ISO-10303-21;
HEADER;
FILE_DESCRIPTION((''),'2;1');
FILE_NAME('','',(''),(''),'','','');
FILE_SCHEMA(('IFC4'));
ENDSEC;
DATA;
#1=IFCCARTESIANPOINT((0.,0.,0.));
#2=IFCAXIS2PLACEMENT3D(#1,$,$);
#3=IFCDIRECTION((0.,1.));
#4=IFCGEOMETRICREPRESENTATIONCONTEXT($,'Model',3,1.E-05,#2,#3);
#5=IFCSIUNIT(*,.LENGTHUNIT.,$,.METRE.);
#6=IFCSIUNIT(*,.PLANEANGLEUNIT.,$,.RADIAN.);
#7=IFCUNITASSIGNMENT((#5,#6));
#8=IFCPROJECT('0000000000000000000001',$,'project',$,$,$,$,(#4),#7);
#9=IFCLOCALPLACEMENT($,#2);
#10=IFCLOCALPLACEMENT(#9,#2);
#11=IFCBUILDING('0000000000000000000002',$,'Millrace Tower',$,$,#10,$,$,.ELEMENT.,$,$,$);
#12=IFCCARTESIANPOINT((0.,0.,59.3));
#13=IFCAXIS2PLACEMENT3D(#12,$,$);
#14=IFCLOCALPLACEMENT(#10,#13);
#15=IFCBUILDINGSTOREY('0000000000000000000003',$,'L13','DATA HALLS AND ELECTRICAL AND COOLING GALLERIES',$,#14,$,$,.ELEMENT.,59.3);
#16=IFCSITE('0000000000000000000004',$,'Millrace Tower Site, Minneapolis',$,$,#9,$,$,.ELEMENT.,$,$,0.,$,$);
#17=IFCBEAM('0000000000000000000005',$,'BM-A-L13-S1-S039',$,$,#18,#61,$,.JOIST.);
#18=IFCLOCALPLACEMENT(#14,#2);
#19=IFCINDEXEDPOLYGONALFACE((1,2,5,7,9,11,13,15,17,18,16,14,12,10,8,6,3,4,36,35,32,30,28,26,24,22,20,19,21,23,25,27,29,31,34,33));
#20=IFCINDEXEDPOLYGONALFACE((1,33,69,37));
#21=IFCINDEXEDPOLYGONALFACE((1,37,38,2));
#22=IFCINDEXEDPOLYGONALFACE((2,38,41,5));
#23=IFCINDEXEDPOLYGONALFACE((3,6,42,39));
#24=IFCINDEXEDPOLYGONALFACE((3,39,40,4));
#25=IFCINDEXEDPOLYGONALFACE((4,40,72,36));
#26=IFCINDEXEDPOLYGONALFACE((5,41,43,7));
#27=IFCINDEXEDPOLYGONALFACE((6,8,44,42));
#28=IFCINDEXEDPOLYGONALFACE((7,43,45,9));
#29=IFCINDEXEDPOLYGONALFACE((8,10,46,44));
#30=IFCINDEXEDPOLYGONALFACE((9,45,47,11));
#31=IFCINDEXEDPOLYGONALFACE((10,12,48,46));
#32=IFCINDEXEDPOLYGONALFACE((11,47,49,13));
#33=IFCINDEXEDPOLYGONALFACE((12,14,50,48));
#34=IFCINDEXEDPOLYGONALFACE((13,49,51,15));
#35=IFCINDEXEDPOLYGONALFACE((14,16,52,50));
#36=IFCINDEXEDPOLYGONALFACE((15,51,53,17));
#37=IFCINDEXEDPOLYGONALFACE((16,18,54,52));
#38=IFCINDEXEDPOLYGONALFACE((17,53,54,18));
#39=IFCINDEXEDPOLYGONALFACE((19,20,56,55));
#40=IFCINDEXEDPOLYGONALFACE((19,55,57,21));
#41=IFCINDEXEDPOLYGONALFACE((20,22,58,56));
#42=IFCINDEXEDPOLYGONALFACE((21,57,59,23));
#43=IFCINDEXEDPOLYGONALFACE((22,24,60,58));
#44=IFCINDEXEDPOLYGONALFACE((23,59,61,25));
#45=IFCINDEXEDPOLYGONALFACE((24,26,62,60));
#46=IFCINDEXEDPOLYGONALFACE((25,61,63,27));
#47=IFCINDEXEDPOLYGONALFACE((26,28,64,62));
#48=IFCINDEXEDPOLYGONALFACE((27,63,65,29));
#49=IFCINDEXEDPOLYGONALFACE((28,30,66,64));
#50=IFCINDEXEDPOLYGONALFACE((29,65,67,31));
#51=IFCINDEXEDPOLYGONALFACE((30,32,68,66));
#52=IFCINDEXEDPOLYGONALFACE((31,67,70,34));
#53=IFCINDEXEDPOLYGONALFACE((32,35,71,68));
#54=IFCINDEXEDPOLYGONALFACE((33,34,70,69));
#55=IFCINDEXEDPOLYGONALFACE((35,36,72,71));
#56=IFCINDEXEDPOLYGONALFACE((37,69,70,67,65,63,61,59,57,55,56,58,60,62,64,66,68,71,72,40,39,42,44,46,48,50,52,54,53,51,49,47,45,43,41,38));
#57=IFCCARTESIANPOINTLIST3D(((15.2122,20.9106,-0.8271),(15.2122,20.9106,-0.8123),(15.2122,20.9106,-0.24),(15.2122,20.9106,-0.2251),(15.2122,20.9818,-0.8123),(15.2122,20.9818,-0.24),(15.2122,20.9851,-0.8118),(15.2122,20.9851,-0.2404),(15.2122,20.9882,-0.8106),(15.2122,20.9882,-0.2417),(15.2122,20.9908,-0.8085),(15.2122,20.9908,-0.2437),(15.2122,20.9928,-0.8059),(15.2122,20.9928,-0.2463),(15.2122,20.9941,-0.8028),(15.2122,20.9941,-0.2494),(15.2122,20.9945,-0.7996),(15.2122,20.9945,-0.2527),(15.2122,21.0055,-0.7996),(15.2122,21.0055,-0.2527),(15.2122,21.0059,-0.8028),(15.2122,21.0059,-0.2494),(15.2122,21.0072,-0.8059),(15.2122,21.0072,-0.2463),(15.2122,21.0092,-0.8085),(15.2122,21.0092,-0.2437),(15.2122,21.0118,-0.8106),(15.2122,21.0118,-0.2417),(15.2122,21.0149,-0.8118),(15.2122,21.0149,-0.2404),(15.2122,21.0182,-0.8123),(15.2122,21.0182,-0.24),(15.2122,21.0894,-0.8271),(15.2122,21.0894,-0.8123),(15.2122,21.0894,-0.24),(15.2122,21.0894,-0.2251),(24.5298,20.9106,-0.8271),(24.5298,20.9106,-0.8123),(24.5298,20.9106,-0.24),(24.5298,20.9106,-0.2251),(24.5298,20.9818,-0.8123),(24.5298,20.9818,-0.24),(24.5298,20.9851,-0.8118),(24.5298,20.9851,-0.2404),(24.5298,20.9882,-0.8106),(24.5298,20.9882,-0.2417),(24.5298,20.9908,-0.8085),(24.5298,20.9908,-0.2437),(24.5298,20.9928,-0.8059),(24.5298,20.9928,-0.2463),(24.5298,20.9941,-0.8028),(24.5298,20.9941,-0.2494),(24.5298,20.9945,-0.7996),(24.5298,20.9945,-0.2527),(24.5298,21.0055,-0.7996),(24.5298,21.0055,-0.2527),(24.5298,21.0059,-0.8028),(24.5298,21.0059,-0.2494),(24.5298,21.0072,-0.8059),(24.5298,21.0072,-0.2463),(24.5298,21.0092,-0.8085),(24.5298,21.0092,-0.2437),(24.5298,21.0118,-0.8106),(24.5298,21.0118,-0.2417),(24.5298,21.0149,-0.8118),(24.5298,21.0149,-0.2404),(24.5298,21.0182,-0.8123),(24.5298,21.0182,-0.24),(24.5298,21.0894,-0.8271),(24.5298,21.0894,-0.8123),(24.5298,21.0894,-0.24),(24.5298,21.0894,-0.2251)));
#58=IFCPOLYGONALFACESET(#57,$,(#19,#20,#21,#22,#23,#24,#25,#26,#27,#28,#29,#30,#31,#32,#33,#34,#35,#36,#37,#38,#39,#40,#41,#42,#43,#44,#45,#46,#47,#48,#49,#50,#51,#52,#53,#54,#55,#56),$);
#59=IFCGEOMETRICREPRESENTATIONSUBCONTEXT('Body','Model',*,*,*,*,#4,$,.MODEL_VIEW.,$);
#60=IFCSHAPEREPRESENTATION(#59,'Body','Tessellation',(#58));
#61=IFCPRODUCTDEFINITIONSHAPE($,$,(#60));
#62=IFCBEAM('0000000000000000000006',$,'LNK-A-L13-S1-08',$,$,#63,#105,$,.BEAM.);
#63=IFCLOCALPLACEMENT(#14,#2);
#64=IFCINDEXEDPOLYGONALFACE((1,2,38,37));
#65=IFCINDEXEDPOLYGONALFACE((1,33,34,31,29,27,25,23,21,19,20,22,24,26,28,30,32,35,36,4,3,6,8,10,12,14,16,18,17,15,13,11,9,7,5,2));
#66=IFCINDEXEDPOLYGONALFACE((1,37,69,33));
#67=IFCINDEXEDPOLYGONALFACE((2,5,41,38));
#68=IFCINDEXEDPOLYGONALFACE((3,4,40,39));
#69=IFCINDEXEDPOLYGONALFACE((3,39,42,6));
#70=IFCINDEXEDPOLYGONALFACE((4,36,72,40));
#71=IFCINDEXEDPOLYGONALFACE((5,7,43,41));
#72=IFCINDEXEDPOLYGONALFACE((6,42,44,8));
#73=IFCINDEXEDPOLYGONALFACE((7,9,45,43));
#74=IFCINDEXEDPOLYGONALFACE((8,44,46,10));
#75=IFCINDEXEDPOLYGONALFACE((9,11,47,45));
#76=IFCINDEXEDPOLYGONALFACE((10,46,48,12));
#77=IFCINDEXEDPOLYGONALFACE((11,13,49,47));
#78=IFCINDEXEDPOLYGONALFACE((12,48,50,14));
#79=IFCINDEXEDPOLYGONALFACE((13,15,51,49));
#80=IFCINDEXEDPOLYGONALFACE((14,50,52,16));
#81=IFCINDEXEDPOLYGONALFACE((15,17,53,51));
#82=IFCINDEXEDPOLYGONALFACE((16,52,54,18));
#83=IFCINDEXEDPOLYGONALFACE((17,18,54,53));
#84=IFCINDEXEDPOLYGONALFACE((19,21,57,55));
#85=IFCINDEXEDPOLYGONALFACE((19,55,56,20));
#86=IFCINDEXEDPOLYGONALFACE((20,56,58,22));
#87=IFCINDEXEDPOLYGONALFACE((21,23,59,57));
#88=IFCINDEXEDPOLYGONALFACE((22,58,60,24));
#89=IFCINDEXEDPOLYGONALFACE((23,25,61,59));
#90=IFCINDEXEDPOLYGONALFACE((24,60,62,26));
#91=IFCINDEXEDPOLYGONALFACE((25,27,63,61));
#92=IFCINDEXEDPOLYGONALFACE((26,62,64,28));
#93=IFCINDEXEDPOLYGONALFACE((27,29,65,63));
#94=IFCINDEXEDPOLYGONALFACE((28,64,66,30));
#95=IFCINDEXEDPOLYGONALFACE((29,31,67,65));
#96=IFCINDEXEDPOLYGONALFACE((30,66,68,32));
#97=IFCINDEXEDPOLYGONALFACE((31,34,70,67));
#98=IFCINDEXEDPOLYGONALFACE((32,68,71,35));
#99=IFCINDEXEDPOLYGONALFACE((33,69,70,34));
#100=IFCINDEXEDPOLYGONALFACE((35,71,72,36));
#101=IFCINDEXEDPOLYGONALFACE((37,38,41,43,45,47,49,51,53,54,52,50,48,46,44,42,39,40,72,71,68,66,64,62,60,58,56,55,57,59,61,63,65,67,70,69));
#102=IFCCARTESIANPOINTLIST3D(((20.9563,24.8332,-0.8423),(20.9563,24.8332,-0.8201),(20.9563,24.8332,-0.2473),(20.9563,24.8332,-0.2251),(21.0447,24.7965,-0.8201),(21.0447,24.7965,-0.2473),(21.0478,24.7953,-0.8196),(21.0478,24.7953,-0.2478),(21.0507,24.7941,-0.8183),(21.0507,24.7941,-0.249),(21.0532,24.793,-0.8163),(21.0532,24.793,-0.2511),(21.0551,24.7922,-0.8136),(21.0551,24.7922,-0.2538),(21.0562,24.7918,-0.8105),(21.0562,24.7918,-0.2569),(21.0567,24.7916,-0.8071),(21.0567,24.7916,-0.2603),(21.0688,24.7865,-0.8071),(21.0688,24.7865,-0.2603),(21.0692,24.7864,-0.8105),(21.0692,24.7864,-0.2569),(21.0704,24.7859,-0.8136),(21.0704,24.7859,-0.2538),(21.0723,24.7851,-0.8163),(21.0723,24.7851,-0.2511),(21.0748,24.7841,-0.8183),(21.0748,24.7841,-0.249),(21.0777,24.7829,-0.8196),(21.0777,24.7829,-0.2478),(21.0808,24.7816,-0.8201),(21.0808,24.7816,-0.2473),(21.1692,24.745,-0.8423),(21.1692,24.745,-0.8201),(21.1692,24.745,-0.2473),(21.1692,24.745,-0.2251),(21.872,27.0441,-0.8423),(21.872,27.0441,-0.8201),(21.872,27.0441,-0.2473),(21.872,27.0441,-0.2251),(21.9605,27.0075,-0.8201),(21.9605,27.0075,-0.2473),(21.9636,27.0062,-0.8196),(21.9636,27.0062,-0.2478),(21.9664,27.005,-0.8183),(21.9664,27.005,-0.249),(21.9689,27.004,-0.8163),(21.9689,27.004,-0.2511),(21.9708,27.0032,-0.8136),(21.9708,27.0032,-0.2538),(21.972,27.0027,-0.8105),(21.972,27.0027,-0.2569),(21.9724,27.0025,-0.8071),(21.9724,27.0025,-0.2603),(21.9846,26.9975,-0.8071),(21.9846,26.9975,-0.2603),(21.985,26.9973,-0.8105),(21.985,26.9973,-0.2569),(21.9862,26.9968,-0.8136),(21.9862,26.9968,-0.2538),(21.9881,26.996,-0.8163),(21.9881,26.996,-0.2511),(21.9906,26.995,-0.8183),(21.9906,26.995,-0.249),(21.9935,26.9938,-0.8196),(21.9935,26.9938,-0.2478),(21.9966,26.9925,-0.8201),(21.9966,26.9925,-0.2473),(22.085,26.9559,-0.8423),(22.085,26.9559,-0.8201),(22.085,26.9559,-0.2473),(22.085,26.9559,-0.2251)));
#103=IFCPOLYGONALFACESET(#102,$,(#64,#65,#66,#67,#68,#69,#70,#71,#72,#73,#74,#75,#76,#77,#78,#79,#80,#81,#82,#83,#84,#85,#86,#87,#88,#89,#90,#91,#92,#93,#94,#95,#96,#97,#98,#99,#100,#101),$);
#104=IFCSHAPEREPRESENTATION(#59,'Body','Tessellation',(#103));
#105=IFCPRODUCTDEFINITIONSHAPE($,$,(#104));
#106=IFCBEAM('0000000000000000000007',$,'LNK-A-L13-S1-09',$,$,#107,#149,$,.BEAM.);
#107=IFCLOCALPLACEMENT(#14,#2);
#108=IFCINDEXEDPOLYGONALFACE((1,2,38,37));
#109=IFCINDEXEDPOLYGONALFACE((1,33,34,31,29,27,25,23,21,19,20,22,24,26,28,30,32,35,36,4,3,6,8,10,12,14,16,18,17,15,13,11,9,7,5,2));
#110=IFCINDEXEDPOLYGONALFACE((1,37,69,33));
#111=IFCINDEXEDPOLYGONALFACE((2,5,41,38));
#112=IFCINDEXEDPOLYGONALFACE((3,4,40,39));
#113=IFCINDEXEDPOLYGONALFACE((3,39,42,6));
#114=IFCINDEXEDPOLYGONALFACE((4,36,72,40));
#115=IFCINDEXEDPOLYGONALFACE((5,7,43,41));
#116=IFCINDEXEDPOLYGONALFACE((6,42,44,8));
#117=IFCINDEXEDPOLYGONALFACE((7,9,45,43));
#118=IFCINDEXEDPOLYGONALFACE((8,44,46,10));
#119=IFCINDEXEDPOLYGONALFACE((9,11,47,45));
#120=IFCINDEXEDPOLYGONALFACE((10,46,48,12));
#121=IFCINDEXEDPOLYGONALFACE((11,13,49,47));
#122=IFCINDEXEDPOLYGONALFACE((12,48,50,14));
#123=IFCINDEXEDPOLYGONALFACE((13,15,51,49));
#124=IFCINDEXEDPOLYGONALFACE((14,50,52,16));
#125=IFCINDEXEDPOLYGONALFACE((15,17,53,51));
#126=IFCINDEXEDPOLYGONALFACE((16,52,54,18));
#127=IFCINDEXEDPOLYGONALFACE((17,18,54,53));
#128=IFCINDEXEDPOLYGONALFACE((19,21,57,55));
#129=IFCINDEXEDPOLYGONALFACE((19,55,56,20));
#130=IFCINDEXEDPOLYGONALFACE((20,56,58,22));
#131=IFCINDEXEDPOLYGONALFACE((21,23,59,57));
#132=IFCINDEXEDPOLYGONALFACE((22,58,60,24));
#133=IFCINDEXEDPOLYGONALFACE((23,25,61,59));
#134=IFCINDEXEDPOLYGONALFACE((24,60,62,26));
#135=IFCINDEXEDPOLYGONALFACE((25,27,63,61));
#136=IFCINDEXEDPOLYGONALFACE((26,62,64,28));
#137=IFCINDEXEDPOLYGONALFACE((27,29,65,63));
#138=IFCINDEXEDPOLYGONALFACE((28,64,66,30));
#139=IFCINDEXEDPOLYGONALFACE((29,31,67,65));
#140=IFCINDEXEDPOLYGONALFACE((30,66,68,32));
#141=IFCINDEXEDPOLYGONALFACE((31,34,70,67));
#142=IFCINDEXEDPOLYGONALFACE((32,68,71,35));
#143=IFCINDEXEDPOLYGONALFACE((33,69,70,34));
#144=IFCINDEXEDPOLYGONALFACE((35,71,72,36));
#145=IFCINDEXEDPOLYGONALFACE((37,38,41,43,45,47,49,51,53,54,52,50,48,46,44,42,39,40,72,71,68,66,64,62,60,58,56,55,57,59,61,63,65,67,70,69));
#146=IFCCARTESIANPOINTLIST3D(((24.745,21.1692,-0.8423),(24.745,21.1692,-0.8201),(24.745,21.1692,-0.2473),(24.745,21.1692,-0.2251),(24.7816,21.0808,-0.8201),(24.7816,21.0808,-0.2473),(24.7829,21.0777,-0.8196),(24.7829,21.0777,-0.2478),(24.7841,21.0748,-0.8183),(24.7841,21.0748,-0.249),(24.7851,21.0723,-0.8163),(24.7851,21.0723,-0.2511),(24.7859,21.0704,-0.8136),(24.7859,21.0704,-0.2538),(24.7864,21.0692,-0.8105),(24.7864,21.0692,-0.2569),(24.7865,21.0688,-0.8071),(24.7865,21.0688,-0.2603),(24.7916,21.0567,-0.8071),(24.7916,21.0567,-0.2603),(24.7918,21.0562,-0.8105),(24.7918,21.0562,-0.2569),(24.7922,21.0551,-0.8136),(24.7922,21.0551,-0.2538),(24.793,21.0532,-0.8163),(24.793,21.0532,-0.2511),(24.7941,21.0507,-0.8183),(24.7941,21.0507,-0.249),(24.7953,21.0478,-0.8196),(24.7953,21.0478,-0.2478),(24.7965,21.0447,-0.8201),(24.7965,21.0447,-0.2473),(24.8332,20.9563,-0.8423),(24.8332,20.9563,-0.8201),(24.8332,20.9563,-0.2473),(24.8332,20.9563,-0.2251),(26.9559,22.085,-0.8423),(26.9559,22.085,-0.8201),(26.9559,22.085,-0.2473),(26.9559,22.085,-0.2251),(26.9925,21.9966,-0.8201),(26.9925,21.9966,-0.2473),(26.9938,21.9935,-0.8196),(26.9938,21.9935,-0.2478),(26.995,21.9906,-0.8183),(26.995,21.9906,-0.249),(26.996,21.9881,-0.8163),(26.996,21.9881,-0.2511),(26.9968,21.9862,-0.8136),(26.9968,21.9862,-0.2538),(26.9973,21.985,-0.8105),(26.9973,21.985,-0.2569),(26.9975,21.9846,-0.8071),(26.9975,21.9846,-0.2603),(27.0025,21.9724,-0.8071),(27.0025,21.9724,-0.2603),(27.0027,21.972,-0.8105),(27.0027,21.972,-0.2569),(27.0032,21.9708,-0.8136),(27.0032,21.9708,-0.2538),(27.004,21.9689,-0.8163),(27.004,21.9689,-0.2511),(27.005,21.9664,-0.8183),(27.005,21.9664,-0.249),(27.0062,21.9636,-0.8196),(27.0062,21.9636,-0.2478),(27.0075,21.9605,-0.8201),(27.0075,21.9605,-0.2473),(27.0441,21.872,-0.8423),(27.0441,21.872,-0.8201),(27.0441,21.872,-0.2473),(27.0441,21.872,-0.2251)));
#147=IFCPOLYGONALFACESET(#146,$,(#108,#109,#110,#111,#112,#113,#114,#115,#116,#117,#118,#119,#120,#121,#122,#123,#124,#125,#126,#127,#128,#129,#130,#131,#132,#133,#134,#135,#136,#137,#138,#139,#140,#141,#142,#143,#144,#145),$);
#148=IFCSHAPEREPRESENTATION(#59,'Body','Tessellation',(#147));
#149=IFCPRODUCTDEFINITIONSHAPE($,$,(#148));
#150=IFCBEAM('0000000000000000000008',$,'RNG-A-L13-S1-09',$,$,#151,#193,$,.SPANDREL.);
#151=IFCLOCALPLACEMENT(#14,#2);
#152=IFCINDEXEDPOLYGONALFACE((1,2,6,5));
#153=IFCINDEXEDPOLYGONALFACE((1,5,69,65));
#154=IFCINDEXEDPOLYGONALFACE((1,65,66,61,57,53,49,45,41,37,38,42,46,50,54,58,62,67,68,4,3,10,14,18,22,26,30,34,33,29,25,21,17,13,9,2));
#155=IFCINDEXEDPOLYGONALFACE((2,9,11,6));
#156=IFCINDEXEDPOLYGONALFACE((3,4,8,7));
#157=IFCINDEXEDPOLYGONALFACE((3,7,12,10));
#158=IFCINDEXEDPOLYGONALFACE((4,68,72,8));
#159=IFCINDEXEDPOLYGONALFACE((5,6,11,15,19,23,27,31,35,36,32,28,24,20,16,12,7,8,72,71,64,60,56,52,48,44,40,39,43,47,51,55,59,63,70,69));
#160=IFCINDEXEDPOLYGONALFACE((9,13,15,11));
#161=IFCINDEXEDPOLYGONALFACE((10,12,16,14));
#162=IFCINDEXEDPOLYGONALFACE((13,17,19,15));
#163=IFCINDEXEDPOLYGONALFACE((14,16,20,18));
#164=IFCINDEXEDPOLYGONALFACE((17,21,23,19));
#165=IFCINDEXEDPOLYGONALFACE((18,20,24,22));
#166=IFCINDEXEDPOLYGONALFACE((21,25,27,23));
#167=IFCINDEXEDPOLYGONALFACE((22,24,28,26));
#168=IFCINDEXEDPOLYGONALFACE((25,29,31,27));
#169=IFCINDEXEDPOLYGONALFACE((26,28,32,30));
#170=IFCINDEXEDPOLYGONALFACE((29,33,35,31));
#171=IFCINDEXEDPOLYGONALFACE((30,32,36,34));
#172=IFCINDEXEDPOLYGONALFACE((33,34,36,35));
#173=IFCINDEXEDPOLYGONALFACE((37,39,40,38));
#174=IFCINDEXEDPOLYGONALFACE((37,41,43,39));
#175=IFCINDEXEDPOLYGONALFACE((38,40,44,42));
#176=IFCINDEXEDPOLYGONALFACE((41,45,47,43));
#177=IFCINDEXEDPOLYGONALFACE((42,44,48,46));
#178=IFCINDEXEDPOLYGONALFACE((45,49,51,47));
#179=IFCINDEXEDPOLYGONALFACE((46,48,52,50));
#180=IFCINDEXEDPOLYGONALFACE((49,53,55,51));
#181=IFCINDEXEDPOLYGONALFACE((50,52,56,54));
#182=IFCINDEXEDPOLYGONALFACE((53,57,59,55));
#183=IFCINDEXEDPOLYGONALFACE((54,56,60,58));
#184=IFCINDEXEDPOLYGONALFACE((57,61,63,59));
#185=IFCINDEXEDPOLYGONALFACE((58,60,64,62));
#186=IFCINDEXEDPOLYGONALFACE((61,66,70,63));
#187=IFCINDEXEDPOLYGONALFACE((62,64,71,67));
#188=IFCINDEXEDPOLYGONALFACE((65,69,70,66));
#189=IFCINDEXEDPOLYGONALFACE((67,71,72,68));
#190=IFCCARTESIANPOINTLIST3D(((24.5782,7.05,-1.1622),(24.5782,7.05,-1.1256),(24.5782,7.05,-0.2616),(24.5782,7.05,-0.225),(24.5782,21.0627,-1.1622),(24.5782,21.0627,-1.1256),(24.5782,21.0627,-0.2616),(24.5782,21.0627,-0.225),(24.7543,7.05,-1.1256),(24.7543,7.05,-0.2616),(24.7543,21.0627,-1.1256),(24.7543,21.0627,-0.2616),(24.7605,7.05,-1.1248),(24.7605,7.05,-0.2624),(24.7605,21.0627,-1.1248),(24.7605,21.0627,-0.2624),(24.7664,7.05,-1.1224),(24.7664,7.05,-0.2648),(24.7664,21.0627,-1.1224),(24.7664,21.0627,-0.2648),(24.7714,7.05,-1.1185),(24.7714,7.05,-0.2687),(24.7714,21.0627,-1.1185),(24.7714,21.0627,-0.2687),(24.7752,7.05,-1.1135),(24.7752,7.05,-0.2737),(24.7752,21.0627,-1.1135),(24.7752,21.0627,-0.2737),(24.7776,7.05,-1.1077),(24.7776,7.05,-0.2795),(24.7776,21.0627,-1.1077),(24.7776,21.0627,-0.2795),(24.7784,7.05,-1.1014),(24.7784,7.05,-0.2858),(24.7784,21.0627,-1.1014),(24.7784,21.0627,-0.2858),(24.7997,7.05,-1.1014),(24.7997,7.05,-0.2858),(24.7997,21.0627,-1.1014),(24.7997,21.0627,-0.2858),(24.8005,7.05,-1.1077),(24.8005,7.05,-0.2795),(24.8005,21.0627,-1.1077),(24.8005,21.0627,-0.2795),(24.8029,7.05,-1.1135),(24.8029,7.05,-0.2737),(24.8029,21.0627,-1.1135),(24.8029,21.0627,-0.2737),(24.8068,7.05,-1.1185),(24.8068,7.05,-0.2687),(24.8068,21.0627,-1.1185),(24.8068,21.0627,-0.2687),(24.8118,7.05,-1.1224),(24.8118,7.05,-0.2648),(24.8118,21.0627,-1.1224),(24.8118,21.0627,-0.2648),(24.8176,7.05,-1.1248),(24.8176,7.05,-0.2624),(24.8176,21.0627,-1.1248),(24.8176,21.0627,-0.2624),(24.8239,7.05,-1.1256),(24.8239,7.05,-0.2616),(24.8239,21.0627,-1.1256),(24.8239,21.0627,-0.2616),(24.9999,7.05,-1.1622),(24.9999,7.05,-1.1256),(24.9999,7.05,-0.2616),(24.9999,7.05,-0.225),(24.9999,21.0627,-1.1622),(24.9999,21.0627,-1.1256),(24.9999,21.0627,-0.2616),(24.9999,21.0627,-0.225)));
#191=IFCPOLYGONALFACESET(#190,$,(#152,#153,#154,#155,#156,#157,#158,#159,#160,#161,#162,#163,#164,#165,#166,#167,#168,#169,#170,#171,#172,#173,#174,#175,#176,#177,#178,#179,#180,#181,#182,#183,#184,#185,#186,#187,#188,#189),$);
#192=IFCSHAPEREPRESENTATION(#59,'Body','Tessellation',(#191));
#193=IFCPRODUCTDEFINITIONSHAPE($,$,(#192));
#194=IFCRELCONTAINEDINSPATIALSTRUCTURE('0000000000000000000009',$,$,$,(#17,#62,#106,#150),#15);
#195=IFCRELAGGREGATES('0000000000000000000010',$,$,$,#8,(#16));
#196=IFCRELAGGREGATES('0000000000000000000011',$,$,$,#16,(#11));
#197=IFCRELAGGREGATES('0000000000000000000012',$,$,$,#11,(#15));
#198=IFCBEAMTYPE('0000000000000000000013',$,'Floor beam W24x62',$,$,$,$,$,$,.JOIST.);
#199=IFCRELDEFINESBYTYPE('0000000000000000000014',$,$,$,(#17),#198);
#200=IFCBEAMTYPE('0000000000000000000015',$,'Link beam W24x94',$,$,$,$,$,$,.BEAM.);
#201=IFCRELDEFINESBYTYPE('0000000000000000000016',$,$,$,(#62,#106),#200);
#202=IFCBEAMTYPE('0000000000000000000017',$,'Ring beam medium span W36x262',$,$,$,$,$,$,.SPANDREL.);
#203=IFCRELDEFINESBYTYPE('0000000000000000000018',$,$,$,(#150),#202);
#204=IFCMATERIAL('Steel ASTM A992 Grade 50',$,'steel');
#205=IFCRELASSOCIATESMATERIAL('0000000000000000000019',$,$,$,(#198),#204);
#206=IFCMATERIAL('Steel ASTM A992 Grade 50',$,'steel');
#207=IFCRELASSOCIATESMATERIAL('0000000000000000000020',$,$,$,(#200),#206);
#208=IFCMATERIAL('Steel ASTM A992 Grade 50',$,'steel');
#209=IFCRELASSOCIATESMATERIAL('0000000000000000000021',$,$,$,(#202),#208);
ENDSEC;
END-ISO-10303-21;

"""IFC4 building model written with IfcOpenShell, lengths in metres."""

from ifc_helpers import new_model, si_unit, direction, frame, origin, origin_2d, place, context, subcontext, project, spatial, i_section, extrude, material, material_profile, profile_set, type_object, element, save


model = new_model("IFC4")

# Units and contexts
model_context = context("Model", 3, precision=1e-05, world=origin(), true_north=direction((0.0, 1.0)))
body_context = subcontext(model_context, "Body", "Model", "MODEL_VIEW")
ifc_project = project(units=[si_unit("LENGTHUNIT", "METRE"), si_unit("PLANEANGLEUNIT", "RADIAN")], contexts=[model_context])

# Site, building, storey
site_placement = place(None, origin())
site = spatial("IfcSite", under=ifc_project, at=site_placement, Name="Millrace Tower Site, Minneapolis", CompositionType="ELEMENT", RefElevation=0.0)
building_placement = place(site_placement, origin())
building = spatial("IfcBuilding", under=site, at=building_placement, Name="Millrace Tower", CompositionType="ELEMENT")
storey_placement = place(building_placement, frame((0.0, 0.0, 59.3)))
storey = spatial("IfcBuildingStorey", under=building, at=storey_placement, Name="L13", Description="DATA HALLS AND ELECTRICAL AND COOLING GALLERIES", CompositionType="ELEMENT", Elevation=59.3)

# Beams
ifc_material_1 = material(Name="Steel ASTM A992 Grade 50", Category="steel")
ifc_material_profile_1 = material_profile(ifc_material_1, i_section(OverallWidth=0.1787, OverallDepth=0.6021, WebThickness=0.011, FlangeThickness=0.0149, FilletRadius=0.0127, at=origin_2d()))
ifc_profile_set_1 = profile_set([ifc_material_profile_1], Name="Steel ASTM A992 Grade 50")
beam_type_1 = type_object("IfcBeamType", Name="Floor beam W24x62", PredefinedType="JOIST", material=ifc_profile_set_1)
beam_1_placement = place(storey_placement, frame((15.2122, 21.0, -0.5261), z_axis=(1.0, 0.0, 0.0), x_axis=(0.0, 1.0, 0.0)))
element("IfcBeam", 1, at=beam_1_placement, inside=storey, type_object=beam_type_1, Name="BM-A-L13-S1-S039", PredefinedType="JOIST", context=body_context, shape_type="SweptSolid", body=[
    extrude(i_section(OverallWidth=0.1787, OverallDepth=0.6021, WebThickness=0.011, FlangeThickness=0.0149, FilletRadius=0.0127, at=origin_2d()), origin(), (0.0, 0.0, 1.0), 9.3176),
])
ifc_material_2 = material(Name="Steel ASTM A992 Grade 50", Category="steel")
ifc_material_profile_2 = material_profile(ifc_material_2, i_section(OverallWidth=0.2305, OverallDepth=0.6172, WebThickness=0.0132, FlangeThickness=0.0222, FilletRadius=0.0129, at=origin_2d()))
ifc_profile_set_2 = profile_set([ifc_material_profile_2], Name="Steel ASTM A992 Grade 50")
beam_type_2 = type_object("IfcBeamType", Name="Link beam W24x94", PredefinedType="BEAM", material=ifc_profile_set_2)
for number, where, z_axis, x_axis, name in (
    (2, (21.0627, 24.7891, -0.5337), (0.382673, 0.923884, 0.0), (-0.923884, 0.382673, 0.0), "LNK-A-L13-S1-08"),
    (3, (24.7891, 21.0627, -0.5337), (0.923884, 0.382673, 0.0), (-0.382673, 0.923884, 0.0), "LNK-A-L13-S1-09"),
):
    element("IfcBeam", number, at=place(storey_placement, frame(where, z_axis=z_axis, x_axis=x_axis)), inside=storey, type_object=beam_type_2, Name=name, PredefinedType="BEAM", context=body_context, shape_type="SweptSolid", body=[
        extrude(i_section(OverallWidth=0.2305, OverallDepth=0.6172, WebThickness=0.0132, FlangeThickness=0.0222, FilletRadius=0.0129, at=origin_2d()), origin(), (0.0, 0.0, 1.0), 2.3931),
    ])
ifc_material_3 = material(Name="Steel ASTM A992 Grade 50", Category="steel")
ifc_material_profile_3 = material_profile(ifc_material_3, i_section(OverallWidth=0.4216, OverallDepth=0.9373, WebThickness=0.0212, FlangeThickness=0.0366, FilletRadius=0.0242, at=origin_2d()))
ifc_profile_set_3 = profile_set([ifc_material_profile_3], Name="Steel ASTM A992 Grade 50")
beam_type_3 = type_object("IfcBeamType", Name="Ring beam medium span W36x262", PredefinedType="SPANDREL", material=ifc_profile_set_3)
beam_2_placement = place(storey_placement, frame((24.7891, 21.0627, -0.6936), z_axis=(0.0, -1.0, 0.0), x_axis=(1.0, 0.0, 0.0)))
element("IfcBeam", 4, at=beam_2_placement, inside=storey, type_object=beam_type_3, Name="RNG-A-L13-S1-09", PredefinedType="SPANDREL", context=body_context, shape_type="SweptSolid", body=[
    extrude(i_section(OverallWidth=0.4216, OverallDepth=0.9373, WebThickness=0.0212, FlangeThickness=0.0366, FilletRadius=0.0242, at=origin_2d()), origin(), (0.0, 0.0, 1.0), 14.0127),
])

save(model, "model.ifc")
